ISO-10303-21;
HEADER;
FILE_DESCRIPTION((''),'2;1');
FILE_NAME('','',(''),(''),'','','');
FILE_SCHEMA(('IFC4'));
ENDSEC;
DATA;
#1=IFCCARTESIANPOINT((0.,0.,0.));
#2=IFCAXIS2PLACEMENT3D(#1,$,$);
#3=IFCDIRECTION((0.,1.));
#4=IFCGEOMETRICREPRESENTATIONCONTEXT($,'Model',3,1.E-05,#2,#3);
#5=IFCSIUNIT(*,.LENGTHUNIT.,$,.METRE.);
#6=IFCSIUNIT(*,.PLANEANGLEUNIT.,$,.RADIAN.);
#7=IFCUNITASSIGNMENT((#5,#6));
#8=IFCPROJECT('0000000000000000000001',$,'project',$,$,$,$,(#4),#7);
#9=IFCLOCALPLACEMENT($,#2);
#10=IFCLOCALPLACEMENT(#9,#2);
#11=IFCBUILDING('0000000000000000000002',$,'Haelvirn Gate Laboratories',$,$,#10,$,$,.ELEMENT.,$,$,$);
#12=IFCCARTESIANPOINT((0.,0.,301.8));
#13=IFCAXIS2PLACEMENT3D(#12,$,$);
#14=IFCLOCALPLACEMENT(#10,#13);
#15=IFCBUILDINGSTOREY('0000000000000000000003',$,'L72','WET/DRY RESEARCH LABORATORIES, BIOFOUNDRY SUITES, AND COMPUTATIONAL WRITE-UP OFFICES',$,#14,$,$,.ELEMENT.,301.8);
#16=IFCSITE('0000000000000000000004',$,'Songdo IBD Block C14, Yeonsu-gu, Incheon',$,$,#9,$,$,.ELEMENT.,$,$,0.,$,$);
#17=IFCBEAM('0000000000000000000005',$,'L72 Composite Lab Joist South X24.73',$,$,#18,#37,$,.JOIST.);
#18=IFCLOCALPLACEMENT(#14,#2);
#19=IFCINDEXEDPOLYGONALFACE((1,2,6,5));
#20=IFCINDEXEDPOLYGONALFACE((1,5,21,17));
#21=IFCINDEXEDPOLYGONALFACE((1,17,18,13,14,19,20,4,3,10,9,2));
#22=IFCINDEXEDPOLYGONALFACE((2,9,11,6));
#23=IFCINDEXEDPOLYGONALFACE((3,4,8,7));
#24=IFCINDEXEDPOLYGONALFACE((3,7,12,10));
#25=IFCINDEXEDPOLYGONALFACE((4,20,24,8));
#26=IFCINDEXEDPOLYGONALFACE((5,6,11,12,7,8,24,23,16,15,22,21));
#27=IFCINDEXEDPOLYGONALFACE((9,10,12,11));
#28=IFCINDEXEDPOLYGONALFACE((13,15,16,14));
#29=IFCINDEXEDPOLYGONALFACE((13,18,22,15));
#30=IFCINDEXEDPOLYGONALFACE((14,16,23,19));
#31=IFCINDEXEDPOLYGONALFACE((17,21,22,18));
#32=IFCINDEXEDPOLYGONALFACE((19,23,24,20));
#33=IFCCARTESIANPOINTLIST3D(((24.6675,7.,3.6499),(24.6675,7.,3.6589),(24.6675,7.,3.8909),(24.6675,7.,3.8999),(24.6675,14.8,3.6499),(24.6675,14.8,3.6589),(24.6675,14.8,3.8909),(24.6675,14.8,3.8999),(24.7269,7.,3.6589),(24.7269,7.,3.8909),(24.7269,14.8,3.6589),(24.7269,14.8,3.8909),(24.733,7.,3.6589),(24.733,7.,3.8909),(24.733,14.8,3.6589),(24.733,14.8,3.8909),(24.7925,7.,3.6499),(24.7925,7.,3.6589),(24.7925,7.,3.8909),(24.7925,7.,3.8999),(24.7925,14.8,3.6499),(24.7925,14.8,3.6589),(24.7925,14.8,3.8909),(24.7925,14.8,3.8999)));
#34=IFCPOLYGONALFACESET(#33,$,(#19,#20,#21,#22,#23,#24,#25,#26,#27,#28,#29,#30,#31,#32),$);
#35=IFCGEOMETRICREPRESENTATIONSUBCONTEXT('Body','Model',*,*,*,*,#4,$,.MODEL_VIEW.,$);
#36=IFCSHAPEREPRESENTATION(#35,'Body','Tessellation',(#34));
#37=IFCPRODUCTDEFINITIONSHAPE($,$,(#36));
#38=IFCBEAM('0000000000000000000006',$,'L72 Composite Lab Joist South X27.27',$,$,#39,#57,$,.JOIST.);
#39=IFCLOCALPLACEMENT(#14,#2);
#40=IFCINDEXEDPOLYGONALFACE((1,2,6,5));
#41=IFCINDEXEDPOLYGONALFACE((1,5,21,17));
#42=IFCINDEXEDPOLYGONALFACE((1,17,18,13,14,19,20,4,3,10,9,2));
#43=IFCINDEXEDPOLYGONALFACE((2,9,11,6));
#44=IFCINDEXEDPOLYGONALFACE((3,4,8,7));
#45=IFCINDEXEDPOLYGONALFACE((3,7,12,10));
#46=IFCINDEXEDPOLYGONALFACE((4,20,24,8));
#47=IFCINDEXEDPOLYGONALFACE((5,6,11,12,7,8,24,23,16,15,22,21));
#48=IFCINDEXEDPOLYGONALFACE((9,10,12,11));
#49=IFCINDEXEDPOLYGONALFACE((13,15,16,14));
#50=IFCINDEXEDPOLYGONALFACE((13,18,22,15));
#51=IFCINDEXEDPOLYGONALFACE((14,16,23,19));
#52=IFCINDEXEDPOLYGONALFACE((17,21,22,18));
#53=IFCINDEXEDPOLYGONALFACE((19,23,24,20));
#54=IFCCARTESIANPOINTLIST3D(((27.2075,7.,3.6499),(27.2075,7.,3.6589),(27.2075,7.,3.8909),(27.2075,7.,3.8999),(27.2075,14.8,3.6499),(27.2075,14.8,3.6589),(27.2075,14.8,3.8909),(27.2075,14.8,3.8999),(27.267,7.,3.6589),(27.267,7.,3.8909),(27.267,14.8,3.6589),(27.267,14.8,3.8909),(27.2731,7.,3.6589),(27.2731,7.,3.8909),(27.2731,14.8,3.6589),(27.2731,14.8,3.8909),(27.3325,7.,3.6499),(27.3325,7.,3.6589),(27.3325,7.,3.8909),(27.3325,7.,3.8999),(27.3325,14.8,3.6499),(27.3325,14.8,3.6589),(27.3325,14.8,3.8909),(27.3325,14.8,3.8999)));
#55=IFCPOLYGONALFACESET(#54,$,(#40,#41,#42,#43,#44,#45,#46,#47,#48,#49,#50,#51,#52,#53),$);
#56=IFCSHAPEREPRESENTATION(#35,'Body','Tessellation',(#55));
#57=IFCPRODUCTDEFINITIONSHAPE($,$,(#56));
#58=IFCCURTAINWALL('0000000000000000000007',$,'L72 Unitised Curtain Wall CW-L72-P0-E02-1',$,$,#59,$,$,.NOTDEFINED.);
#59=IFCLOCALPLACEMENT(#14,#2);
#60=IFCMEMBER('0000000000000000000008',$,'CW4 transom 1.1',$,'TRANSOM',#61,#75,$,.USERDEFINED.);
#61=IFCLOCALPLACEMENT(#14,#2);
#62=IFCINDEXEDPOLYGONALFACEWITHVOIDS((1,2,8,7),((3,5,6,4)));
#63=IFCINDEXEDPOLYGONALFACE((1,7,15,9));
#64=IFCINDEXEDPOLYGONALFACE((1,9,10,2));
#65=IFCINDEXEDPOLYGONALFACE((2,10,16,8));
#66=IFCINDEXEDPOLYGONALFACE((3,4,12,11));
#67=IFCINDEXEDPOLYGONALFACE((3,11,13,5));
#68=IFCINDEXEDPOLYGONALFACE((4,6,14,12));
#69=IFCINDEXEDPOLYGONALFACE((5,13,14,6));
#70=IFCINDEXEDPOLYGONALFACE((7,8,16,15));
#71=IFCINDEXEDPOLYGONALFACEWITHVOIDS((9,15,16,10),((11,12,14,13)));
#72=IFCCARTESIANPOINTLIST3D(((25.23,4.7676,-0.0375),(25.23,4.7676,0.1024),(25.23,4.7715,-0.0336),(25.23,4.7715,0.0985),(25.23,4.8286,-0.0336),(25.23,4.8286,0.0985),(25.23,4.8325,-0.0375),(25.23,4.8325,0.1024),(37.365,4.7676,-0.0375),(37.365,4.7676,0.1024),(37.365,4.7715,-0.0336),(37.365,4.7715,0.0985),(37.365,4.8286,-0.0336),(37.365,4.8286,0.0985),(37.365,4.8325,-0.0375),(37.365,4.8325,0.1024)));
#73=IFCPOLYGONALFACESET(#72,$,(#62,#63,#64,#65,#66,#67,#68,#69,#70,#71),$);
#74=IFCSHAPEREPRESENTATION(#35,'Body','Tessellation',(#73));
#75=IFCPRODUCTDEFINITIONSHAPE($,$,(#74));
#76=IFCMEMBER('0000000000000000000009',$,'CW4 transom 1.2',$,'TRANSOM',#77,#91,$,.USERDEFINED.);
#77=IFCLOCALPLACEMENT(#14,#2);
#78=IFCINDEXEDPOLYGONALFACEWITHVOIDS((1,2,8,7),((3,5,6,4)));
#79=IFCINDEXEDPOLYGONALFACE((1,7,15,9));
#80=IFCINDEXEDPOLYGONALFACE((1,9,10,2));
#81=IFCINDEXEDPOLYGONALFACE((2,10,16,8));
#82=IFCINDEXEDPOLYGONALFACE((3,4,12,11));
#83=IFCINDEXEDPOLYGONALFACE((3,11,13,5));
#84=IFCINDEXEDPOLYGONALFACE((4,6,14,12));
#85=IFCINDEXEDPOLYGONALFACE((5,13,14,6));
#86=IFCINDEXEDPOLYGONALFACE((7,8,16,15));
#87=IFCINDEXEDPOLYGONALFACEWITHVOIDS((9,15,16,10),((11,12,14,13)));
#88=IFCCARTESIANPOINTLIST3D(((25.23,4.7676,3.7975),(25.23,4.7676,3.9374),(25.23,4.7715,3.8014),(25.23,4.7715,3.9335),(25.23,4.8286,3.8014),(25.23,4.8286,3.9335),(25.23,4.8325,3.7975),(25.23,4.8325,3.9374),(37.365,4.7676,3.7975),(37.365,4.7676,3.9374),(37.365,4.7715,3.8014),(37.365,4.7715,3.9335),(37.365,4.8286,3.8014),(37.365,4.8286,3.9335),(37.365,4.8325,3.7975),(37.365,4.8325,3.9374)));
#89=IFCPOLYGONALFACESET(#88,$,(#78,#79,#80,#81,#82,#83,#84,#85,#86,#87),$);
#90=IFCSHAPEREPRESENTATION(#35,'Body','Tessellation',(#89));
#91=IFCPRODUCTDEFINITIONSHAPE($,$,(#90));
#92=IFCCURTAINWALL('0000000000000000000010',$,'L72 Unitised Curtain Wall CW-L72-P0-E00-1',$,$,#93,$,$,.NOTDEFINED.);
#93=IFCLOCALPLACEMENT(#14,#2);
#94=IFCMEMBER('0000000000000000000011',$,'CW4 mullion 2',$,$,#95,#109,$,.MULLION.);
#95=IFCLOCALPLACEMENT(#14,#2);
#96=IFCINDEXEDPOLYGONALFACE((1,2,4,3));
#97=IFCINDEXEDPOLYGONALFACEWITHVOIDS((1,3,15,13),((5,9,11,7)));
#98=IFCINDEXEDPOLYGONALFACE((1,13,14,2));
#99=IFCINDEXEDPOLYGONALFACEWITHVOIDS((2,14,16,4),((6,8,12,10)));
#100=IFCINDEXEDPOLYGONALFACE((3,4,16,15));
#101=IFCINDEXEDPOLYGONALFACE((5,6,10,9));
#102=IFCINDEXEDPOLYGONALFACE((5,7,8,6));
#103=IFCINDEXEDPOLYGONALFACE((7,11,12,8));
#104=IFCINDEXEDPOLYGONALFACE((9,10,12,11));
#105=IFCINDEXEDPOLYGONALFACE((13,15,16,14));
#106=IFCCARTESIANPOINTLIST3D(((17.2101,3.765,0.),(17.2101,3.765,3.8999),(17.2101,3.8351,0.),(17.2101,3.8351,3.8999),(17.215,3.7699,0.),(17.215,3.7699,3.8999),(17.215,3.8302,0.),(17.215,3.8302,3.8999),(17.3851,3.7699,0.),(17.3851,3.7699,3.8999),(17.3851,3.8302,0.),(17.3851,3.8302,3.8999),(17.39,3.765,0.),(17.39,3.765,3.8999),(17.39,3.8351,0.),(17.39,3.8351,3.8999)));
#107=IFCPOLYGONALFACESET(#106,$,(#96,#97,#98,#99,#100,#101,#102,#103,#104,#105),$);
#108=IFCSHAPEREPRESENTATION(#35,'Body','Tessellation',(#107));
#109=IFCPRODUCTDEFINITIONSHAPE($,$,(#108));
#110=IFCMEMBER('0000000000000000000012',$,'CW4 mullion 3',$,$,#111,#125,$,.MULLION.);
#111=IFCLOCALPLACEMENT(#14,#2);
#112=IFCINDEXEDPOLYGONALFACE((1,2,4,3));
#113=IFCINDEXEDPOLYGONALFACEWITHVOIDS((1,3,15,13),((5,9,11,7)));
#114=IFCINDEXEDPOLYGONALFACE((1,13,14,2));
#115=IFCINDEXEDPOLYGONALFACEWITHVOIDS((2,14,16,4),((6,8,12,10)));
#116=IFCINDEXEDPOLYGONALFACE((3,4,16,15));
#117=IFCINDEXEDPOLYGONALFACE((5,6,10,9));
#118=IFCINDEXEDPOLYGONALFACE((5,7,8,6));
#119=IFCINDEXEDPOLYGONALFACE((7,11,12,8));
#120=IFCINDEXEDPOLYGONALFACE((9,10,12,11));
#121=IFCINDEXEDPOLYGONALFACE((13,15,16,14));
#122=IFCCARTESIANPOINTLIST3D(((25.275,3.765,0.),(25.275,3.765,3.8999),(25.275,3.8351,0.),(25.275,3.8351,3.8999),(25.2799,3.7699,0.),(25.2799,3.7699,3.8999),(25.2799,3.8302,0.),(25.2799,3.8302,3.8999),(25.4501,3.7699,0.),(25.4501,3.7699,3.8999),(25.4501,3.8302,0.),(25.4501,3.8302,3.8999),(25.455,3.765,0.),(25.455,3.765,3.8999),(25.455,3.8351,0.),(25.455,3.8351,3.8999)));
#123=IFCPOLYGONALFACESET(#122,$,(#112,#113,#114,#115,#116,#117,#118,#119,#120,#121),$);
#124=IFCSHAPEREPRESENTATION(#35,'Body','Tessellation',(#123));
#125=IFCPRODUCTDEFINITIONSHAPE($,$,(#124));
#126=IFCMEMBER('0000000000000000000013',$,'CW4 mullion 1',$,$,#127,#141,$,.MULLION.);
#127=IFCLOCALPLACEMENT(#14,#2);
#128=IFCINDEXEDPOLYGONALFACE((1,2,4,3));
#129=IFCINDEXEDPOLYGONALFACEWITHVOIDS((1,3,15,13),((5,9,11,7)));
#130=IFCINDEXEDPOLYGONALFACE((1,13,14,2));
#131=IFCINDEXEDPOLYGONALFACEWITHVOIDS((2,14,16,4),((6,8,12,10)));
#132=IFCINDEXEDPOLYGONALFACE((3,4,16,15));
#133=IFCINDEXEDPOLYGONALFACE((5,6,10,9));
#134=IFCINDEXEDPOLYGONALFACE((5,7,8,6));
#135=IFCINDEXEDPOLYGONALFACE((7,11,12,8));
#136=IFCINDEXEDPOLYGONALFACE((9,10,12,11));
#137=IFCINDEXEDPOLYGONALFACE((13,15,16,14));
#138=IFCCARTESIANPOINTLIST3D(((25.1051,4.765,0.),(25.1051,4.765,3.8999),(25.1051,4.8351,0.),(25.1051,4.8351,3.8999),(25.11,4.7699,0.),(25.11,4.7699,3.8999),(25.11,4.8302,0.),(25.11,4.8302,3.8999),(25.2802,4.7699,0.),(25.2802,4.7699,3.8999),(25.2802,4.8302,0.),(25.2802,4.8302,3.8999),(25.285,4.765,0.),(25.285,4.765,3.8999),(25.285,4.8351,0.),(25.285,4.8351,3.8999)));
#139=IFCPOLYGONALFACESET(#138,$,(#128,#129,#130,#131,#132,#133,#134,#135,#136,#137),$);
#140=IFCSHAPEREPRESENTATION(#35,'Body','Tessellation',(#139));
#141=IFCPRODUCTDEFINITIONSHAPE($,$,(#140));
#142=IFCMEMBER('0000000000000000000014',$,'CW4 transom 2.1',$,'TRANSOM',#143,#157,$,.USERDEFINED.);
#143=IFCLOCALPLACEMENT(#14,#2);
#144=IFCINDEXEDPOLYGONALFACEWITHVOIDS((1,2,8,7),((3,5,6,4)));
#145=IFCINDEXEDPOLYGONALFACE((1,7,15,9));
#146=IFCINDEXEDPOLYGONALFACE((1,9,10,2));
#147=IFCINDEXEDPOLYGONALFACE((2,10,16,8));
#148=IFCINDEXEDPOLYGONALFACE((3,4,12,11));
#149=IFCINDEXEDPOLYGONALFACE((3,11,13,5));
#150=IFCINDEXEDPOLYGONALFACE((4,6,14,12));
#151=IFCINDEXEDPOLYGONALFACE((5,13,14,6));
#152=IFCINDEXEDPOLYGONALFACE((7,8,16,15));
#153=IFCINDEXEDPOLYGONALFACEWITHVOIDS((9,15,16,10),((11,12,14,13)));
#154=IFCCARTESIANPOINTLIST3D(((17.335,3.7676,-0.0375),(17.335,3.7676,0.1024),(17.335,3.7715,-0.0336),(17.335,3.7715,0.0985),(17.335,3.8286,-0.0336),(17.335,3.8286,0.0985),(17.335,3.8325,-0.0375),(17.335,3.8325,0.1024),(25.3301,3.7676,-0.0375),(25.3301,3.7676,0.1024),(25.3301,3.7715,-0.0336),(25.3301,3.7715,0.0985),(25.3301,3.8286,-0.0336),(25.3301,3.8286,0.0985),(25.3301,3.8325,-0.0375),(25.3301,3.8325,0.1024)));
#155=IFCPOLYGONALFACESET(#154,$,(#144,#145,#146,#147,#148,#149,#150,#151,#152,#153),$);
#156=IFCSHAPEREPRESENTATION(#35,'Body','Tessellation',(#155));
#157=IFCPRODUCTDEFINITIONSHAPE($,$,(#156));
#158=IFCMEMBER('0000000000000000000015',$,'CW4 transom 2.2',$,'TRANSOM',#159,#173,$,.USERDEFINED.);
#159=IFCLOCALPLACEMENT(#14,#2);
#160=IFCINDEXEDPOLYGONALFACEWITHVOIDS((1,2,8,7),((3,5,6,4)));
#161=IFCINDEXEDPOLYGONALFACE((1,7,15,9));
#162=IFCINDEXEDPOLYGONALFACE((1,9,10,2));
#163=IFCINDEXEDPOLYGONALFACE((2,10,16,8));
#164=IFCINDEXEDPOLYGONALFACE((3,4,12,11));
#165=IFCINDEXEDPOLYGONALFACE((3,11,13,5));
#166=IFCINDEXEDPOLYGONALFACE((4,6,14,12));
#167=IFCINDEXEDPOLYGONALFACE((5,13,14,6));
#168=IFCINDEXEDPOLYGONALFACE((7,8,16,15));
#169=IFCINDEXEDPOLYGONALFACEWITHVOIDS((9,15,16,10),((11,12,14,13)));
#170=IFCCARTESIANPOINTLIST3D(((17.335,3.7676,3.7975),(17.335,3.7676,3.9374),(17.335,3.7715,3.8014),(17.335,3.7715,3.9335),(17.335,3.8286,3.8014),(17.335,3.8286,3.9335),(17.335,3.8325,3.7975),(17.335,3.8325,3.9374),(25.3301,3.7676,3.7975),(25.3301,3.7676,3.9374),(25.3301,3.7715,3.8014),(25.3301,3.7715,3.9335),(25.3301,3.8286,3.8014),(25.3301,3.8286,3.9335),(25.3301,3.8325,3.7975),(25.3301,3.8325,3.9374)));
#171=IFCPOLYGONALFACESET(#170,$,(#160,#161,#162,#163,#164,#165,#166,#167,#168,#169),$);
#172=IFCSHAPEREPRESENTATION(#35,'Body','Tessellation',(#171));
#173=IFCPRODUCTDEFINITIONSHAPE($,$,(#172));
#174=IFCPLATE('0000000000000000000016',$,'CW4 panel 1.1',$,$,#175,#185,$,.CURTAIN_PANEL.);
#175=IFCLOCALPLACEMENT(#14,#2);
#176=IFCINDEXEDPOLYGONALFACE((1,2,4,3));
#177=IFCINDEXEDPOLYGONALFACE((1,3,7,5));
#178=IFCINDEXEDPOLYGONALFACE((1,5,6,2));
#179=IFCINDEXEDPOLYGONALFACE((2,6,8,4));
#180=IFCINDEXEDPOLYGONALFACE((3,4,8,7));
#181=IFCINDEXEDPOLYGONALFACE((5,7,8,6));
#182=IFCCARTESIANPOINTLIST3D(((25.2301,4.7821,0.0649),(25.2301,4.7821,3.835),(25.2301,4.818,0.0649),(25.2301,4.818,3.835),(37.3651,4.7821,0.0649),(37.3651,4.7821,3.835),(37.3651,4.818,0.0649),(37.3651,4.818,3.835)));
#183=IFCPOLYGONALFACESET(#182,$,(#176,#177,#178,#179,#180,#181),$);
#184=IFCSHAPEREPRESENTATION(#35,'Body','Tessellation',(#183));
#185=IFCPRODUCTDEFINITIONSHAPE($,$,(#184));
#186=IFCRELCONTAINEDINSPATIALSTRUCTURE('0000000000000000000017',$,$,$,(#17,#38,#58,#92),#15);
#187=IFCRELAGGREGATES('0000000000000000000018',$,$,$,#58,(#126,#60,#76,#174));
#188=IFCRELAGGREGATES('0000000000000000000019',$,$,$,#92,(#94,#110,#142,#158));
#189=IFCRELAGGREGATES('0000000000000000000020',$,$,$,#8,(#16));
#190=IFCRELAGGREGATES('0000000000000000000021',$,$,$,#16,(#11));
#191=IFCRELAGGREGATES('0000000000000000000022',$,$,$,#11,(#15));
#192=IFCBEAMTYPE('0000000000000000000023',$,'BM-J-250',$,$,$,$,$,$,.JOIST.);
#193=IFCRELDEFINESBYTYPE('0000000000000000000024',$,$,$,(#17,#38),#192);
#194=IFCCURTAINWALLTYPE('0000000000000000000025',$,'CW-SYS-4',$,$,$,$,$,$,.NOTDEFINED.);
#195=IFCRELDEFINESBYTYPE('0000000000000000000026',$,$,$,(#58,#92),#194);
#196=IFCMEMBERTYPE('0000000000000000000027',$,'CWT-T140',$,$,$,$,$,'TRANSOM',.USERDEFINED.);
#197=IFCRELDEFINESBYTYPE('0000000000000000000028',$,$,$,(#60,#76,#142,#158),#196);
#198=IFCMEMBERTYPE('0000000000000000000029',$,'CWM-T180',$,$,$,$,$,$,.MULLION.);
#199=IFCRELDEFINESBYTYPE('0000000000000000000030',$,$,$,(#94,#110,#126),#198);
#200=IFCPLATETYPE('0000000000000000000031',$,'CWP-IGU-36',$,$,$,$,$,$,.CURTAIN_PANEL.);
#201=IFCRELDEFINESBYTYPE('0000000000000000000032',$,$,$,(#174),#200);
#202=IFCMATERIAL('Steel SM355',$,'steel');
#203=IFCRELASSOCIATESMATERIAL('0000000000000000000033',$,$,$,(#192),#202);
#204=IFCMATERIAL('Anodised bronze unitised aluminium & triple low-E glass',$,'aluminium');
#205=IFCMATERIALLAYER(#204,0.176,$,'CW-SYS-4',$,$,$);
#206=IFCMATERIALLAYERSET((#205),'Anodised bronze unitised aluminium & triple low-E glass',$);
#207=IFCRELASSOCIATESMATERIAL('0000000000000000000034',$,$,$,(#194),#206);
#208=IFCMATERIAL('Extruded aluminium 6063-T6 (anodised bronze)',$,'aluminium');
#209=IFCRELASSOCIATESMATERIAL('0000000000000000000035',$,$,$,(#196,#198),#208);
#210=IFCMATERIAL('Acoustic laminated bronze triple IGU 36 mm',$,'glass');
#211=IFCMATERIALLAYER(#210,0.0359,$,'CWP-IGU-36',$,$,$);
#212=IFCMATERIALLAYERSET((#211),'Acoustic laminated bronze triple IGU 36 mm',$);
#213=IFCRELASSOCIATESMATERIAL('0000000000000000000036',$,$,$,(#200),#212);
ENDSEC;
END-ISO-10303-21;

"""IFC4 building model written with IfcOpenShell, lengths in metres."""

from ifc_helpers import new_model, si_unit, direction, frame, origin, origin_2d, place, context, subcontext, project, spatial, rectangle, hollow_rectangle, i_section, extrude, source, transform, mapped, material, layer, layer_set, material_profile, profile_set, type_object, type_shapes, element, aggregate, save


model = new_model("IFC4")

# Units and contexts
model_context = context("Model", 3, precision=1e-05, world=origin(), true_north=direction((0.0, 1.0)))
body_context = subcontext(model_context, "Body", "Model", "MODEL_VIEW")
ifc_project = project(units=[si_unit("LENGTHUNIT", "METRE"), si_unit("PLANEANGLEUNIT", "RADIAN")], contexts=[model_context])

# Site, building, storey
site_placement = place(None, origin())
site = spatial("IfcSite", under=ifc_project, at=site_placement, Name="Songdo IBD Block C14, Yeonsu-gu, Incheon", CompositionType="ELEMENT", RefElevation=0.0)
building_placement = place(site_placement, origin())
building = spatial("IfcBuilding", under=site, at=building_placement, Name="Haelvirn Gate Laboratories", CompositionType="ELEMENT")
storey_placement = place(building_placement, frame((0.0, 0.0, 301.8)))
storey = spatial("IfcBuildingStorey", under=building, at=storey_placement, Name="L72", Description="WET/DRY RESEARCH LABORATORIES, BIOFOUNDRY SUITES, AND COMPUTATIONAL WRITE-UP OFFICES", CompositionType="ELEMENT", Elevation=301.8)

# Shared definitions
ifc_material_1 = material(Name="Steel SM355", Category="steel")

# Beams
ifc_material_profile_1 = material_profile(ifc_material_1, i_section(OverallWidth=0.125, OverallDepth=0.25, WebThickness=0.0061, FlangeThickness=0.009, at=origin_2d()), Name="H-250x125x6x9")
ifc_profile_set_1 = profile_set([ifc_material_profile_1], Name="Steel SM355")
beam_type_1 = type_object("IfcBeamType", Name="BM-J-250", PredefinedType="JOIST", material=ifc_profile_set_1)
shared_shape_1 = source(origin(), body_context, "Body", "SweptSolid", [
    extrude(i_section(OverallWidth=0.125, OverallDepth=0.25, WebThickness=0.0061, FlangeThickness=0.009, at=origin_2d()), origin(), (0.0, 0.0, 1.0), 7.8),
])
type_shapes(beam_type_1, [shared_shape_1])
for number, where, z_axis, x_axis, name in (
    (1, (24.73, 7.0, 3.7749), (0.0, 1.0, 0.0), (-1.0, 0.0, 0.0), "L72 Composite Lab Joist South X24.73"),
    (2, (27.27, 7.0, 3.7749), (0.0, 1.0, 0.0), (-1.0, 0.0, 0.0), "L72 Composite Lab Joist South X27.27"),
):
    element("IfcBeam", number, at=place(storey_placement, frame(where, z_axis=z_axis, x_axis=x_axis)), inside=storey, type_object=beam_type_1, Name=name, PredefinedType="JOIST", context=body_context, shape_type="MappedRepresentation", body=[
        mapped(shared_shape_1, transform((0.0, 0.0, 0.0), scale=1.0)),
    ])

# Curtain walls, members
ifc_material_2 = material(Name="Anodised bronze unitised aluminium & triple low-E glass", Category="aluminium")
ifc_layer_1 = layer(ifc_material_2, 0.176, Name="CW-SYS-4")
ifc_layer_set_1 = layer_set([ifc_layer_1], Name="Anodised bronze unitised aluminium & triple low-E glass")
curtain_wall_type = type_object("IfcCurtainWallType", Name="CW-SYS-4", PredefinedType="NOTDEFINED", material=ifc_layer_set_1)
curtain_wall_1_placement = place(storey_placement, origin())
curtain_wall_1 = element("IfcCurtainWall", 3, at=curtain_wall_1_placement, inside=storey, type_object=curtain_wall_type, Name="L72 Unitised Curtain Wall CW-L72-P0-E02-1", PredefinedType="NOTDEFINED")
ifc_material_3 = material(Name="Extruded aluminium 6063-T6 (anodised bronze)", Category="aluminium")
ifc_material_profile_2 = material_profile(ifc_material_3, hollow_rectangle(XDim=0.0649, YDim=0.1399, WallThickness=0.0039, at=origin_2d()), Name="CWT-140x65x4")
ifc_profile_set_2 = profile_set([ifc_material_profile_2], Name="Extruded aluminium 6063-T6 (anodised bronze)")
member_type_1 = type_object("IfcMemberType", Name="CWT-T140", ElementType="TRANSOM", PredefinedType="USERDEFINED", material=ifc_profile_set_2)
shared_shape_2 = source(origin(), body_context, "Body", "SweptSolid", [
    extrude(hollow_rectangle(XDim=0.0649, YDim=0.1399, WallThickness=0.0039, at=origin_2d()), origin(), (0.0, 0.0, 1.0), 12.135),
])
member_1_placement = place(storey_placement, frame((25.23, 4.8, 0.0325), z_axis=(1.0, 0.0, 0.0), x_axis=(0.0, 1.0, 0.0)))
member_1 = element("IfcMember", 4, at=member_1_placement, type_object=member_type_1, Name="CW4 transom 1.1", ObjectType="TRANSOM", PredefinedType="USERDEFINED", context=body_context, shape_type="MappedRepresentation", body=[
    mapped(shared_shape_2, transform((0.0, 0.0, 0.0), scale=1.0)),
])
member_2_placement = place(storey_placement, frame((25.23, 4.8, 3.8674), z_axis=(1.0, 0.0, 0.0), x_axis=(0.0, 1.0, 0.0)))
member_2 = element("IfcMember", 5, at=member_2_placement, type_object=member_type_1, Name="CW4 transom 1.2", ObjectType="TRANSOM", PredefinedType="USERDEFINED", context=body_context, shape_type="MappedRepresentation", body=[
    mapped(shared_shape_2, transform((0.0, 0.0, 0.0), scale=1.0)),
])
curtain_wall_2_placement = place(storey_placement, origin())
curtain_wall_2 = element("IfcCurtainWall", 6, at=curtain_wall_2_placement, inside=storey, type_object=curtain_wall_type, Name="L72 Unitised Curtain Wall CW-L72-P0-E00-1", PredefinedType="NOTDEFINED")
ifc_material_profile_3 = material_profile(ifc_material_3, hollow_rectangle(XDim=0.0701, YDim=0.1799, WallThickness=0.0049, at=origin_2d()), Name="CWM-180x70x5")
ifc_profile_set_3 = profile_set([ifc_material_profile_3], Name="Extruded aluminium 6063-T6 (anodised bronze)")
member_type_2 = type_object("IfcMemberType", Name="CWM-T180", PredefinedType="MULLION", material=ifc_profile_set_3)
shared_shape_3 = source(origin(), body_context, "Body", "SweptSolid", [
    extrude(hollow_rectangle(XDim=0.0701, YDim=0.1799, WallThickness=0.0049, at=origin_2d()), origin(), (0.0, 0.0, 1.0), 3.8999),
])
type_shapes(member_type_2, [shared_shape_3])
member_3_placement = place(storey_placement, frame((17.3, 3.8, 0.0), z_axis=(0.0, 0.0, 1.0), x_axis=(0.0, 1.0, 0.0)))
member_3 = element("IfcMember", 7, at=member_3_placement, type_object=member_type_2, Name="CW4 mullion 2", PredefinedType="MULLION", context=body_context, shape_type="MappedRepresentation", body=[
    mapped(shared_shape_3, transform((0.0, 0.0, 0.0), scale=1.0)),
])
member_4_placement = place(storey_placement, frame((25.365, 3.8, 0.0), z_axis=(0.0, 0.0, 1.0), x_axis=(0.0, 1.0, 0.0)))
member_4 = element("IfcMember", 8, at=member_4_placement, type_object=member_type_2, Name="CW4 mullion 3", PredefinedType="MULLION", context=body_context, shape_type="MappedRepresentation", body=[
    mapped(shared_shape_3, transform((0.0, 0.0, 0.0), scale=1.0)),
])

# Members
member_5_placement = place(storey_placement, frame((25.1951, 4.8, 0.0), z_axis=(0.0, 0.0, 1.0), x_axis=(0.0, 1.0, 0.0)))
member_5 = element("IfcMember", 9, at=member_5_placement, type_object=member_type_2, Name="CW4 mullion 1", PredefinedType="MULLION", context=body_context, shape_type="MappedRepresentation", body=[
    mapped(shared_shape_3, transform((0.0, 0.0, 0.0), scale=1.0)),
])
shared_shape_4 = source(origin(), body_context, "Body", "SweptSolid", [
    extrude(hollow_rectangle(XDim=0.0649, YDim=0.1399, WallThickness=0.0039, at=origin_2d()), origin(), (0.0, 0.0, 1.0), 7.9951),
])
type_shapes(member_type_1, [shared_shape_2, shared_shape_4])
member_6_placement = place(storey_placement, frame((17.335, 3.8, 0.0325), z_axis=(1.0, 0.0, 0.0), x_axis=(0.0, 1.0, 0.0)))
member_6 = element("IfcMember", 10, at=member_6_placement, type_object=member_type_1, Name="CW4 transom 2.1", ObjectType="TRANSOM", PredefinedType="USERDEFINED", context=body_context, shape_type="MappedRepresentation", body=[
    mapped(shared_shape_4, transform((0.0, 0.0, 0.0), scale=1.0)),
])
member_7_placement = place(storey_placement, frame((17.335, 3.8, 3.8674), z_axis=(1.0, 0.0, 0.0), x_axis=(0.0, 1.0, 0.0)))
member_7 = element("IfcMember", 11, at=member_7_placement, type_object=member_type_1, Name="CW4 transom 2.2", ObjectType="TRANSOM", PredefinedType="USERDEFINED", context=body_context, shape_type="MappedRepresentation", body=[
    mapped(shared_shape_4, transform((0.0, 0.0, 0.0), scale=1.0)),
])

# Plate
ifc_material_4 = material(Name="Acoustic laminated bronze triple IGU 36 mm", Category="glass")
ifc_layer_2 = layer(ifc_material_4, 0.0359, Name="CWP-IGU-36")
ifc_layer_set_2 = layer_set([ifc_layer_2], Name="Acoustic laminated bronze triple IGU 36 mm")
plate_type = type_object("IfcPlateType", Name="CWP-IGU-36", PredefinedType="CURTAIN_PANEL", material=ifc_layer_set_2)
shared_shape_5 = source(origin(), body_context, "Body", "SweptSolid", [
    extrude(rectangle(XDim=12.135, YDim=0.0359, at=origin_2d()), origin(), (0.0, 0.0, 1.0), 3.77),
])
plate_1_placement = place(storey_placement, frame((31.2976, 4.8, 0.0649), z_axis=(0.0, 0.0, 1.0), x_axis=(1.0, 0.0, 0.0)))
plate_1 = element("IfcPlate", 12, at=plate_1_placement, type_object=plate_type, Name="CW4 panel 1.1", PredefinedType="CURTAIN_PANEL", context=body_context, shape_type="MappedRepresentation", body=[
    mapped(shared_shape_5, transform((0.0, 0.0, 0.0), scale=1.0)),
])
aggregate(curtain_wall_1, [member_5, member_1, member_2, plate_1])
aggregate(curtain_wall_2, [member_3, member_4, member_6, member_7])

save(model, "model.ifc")
